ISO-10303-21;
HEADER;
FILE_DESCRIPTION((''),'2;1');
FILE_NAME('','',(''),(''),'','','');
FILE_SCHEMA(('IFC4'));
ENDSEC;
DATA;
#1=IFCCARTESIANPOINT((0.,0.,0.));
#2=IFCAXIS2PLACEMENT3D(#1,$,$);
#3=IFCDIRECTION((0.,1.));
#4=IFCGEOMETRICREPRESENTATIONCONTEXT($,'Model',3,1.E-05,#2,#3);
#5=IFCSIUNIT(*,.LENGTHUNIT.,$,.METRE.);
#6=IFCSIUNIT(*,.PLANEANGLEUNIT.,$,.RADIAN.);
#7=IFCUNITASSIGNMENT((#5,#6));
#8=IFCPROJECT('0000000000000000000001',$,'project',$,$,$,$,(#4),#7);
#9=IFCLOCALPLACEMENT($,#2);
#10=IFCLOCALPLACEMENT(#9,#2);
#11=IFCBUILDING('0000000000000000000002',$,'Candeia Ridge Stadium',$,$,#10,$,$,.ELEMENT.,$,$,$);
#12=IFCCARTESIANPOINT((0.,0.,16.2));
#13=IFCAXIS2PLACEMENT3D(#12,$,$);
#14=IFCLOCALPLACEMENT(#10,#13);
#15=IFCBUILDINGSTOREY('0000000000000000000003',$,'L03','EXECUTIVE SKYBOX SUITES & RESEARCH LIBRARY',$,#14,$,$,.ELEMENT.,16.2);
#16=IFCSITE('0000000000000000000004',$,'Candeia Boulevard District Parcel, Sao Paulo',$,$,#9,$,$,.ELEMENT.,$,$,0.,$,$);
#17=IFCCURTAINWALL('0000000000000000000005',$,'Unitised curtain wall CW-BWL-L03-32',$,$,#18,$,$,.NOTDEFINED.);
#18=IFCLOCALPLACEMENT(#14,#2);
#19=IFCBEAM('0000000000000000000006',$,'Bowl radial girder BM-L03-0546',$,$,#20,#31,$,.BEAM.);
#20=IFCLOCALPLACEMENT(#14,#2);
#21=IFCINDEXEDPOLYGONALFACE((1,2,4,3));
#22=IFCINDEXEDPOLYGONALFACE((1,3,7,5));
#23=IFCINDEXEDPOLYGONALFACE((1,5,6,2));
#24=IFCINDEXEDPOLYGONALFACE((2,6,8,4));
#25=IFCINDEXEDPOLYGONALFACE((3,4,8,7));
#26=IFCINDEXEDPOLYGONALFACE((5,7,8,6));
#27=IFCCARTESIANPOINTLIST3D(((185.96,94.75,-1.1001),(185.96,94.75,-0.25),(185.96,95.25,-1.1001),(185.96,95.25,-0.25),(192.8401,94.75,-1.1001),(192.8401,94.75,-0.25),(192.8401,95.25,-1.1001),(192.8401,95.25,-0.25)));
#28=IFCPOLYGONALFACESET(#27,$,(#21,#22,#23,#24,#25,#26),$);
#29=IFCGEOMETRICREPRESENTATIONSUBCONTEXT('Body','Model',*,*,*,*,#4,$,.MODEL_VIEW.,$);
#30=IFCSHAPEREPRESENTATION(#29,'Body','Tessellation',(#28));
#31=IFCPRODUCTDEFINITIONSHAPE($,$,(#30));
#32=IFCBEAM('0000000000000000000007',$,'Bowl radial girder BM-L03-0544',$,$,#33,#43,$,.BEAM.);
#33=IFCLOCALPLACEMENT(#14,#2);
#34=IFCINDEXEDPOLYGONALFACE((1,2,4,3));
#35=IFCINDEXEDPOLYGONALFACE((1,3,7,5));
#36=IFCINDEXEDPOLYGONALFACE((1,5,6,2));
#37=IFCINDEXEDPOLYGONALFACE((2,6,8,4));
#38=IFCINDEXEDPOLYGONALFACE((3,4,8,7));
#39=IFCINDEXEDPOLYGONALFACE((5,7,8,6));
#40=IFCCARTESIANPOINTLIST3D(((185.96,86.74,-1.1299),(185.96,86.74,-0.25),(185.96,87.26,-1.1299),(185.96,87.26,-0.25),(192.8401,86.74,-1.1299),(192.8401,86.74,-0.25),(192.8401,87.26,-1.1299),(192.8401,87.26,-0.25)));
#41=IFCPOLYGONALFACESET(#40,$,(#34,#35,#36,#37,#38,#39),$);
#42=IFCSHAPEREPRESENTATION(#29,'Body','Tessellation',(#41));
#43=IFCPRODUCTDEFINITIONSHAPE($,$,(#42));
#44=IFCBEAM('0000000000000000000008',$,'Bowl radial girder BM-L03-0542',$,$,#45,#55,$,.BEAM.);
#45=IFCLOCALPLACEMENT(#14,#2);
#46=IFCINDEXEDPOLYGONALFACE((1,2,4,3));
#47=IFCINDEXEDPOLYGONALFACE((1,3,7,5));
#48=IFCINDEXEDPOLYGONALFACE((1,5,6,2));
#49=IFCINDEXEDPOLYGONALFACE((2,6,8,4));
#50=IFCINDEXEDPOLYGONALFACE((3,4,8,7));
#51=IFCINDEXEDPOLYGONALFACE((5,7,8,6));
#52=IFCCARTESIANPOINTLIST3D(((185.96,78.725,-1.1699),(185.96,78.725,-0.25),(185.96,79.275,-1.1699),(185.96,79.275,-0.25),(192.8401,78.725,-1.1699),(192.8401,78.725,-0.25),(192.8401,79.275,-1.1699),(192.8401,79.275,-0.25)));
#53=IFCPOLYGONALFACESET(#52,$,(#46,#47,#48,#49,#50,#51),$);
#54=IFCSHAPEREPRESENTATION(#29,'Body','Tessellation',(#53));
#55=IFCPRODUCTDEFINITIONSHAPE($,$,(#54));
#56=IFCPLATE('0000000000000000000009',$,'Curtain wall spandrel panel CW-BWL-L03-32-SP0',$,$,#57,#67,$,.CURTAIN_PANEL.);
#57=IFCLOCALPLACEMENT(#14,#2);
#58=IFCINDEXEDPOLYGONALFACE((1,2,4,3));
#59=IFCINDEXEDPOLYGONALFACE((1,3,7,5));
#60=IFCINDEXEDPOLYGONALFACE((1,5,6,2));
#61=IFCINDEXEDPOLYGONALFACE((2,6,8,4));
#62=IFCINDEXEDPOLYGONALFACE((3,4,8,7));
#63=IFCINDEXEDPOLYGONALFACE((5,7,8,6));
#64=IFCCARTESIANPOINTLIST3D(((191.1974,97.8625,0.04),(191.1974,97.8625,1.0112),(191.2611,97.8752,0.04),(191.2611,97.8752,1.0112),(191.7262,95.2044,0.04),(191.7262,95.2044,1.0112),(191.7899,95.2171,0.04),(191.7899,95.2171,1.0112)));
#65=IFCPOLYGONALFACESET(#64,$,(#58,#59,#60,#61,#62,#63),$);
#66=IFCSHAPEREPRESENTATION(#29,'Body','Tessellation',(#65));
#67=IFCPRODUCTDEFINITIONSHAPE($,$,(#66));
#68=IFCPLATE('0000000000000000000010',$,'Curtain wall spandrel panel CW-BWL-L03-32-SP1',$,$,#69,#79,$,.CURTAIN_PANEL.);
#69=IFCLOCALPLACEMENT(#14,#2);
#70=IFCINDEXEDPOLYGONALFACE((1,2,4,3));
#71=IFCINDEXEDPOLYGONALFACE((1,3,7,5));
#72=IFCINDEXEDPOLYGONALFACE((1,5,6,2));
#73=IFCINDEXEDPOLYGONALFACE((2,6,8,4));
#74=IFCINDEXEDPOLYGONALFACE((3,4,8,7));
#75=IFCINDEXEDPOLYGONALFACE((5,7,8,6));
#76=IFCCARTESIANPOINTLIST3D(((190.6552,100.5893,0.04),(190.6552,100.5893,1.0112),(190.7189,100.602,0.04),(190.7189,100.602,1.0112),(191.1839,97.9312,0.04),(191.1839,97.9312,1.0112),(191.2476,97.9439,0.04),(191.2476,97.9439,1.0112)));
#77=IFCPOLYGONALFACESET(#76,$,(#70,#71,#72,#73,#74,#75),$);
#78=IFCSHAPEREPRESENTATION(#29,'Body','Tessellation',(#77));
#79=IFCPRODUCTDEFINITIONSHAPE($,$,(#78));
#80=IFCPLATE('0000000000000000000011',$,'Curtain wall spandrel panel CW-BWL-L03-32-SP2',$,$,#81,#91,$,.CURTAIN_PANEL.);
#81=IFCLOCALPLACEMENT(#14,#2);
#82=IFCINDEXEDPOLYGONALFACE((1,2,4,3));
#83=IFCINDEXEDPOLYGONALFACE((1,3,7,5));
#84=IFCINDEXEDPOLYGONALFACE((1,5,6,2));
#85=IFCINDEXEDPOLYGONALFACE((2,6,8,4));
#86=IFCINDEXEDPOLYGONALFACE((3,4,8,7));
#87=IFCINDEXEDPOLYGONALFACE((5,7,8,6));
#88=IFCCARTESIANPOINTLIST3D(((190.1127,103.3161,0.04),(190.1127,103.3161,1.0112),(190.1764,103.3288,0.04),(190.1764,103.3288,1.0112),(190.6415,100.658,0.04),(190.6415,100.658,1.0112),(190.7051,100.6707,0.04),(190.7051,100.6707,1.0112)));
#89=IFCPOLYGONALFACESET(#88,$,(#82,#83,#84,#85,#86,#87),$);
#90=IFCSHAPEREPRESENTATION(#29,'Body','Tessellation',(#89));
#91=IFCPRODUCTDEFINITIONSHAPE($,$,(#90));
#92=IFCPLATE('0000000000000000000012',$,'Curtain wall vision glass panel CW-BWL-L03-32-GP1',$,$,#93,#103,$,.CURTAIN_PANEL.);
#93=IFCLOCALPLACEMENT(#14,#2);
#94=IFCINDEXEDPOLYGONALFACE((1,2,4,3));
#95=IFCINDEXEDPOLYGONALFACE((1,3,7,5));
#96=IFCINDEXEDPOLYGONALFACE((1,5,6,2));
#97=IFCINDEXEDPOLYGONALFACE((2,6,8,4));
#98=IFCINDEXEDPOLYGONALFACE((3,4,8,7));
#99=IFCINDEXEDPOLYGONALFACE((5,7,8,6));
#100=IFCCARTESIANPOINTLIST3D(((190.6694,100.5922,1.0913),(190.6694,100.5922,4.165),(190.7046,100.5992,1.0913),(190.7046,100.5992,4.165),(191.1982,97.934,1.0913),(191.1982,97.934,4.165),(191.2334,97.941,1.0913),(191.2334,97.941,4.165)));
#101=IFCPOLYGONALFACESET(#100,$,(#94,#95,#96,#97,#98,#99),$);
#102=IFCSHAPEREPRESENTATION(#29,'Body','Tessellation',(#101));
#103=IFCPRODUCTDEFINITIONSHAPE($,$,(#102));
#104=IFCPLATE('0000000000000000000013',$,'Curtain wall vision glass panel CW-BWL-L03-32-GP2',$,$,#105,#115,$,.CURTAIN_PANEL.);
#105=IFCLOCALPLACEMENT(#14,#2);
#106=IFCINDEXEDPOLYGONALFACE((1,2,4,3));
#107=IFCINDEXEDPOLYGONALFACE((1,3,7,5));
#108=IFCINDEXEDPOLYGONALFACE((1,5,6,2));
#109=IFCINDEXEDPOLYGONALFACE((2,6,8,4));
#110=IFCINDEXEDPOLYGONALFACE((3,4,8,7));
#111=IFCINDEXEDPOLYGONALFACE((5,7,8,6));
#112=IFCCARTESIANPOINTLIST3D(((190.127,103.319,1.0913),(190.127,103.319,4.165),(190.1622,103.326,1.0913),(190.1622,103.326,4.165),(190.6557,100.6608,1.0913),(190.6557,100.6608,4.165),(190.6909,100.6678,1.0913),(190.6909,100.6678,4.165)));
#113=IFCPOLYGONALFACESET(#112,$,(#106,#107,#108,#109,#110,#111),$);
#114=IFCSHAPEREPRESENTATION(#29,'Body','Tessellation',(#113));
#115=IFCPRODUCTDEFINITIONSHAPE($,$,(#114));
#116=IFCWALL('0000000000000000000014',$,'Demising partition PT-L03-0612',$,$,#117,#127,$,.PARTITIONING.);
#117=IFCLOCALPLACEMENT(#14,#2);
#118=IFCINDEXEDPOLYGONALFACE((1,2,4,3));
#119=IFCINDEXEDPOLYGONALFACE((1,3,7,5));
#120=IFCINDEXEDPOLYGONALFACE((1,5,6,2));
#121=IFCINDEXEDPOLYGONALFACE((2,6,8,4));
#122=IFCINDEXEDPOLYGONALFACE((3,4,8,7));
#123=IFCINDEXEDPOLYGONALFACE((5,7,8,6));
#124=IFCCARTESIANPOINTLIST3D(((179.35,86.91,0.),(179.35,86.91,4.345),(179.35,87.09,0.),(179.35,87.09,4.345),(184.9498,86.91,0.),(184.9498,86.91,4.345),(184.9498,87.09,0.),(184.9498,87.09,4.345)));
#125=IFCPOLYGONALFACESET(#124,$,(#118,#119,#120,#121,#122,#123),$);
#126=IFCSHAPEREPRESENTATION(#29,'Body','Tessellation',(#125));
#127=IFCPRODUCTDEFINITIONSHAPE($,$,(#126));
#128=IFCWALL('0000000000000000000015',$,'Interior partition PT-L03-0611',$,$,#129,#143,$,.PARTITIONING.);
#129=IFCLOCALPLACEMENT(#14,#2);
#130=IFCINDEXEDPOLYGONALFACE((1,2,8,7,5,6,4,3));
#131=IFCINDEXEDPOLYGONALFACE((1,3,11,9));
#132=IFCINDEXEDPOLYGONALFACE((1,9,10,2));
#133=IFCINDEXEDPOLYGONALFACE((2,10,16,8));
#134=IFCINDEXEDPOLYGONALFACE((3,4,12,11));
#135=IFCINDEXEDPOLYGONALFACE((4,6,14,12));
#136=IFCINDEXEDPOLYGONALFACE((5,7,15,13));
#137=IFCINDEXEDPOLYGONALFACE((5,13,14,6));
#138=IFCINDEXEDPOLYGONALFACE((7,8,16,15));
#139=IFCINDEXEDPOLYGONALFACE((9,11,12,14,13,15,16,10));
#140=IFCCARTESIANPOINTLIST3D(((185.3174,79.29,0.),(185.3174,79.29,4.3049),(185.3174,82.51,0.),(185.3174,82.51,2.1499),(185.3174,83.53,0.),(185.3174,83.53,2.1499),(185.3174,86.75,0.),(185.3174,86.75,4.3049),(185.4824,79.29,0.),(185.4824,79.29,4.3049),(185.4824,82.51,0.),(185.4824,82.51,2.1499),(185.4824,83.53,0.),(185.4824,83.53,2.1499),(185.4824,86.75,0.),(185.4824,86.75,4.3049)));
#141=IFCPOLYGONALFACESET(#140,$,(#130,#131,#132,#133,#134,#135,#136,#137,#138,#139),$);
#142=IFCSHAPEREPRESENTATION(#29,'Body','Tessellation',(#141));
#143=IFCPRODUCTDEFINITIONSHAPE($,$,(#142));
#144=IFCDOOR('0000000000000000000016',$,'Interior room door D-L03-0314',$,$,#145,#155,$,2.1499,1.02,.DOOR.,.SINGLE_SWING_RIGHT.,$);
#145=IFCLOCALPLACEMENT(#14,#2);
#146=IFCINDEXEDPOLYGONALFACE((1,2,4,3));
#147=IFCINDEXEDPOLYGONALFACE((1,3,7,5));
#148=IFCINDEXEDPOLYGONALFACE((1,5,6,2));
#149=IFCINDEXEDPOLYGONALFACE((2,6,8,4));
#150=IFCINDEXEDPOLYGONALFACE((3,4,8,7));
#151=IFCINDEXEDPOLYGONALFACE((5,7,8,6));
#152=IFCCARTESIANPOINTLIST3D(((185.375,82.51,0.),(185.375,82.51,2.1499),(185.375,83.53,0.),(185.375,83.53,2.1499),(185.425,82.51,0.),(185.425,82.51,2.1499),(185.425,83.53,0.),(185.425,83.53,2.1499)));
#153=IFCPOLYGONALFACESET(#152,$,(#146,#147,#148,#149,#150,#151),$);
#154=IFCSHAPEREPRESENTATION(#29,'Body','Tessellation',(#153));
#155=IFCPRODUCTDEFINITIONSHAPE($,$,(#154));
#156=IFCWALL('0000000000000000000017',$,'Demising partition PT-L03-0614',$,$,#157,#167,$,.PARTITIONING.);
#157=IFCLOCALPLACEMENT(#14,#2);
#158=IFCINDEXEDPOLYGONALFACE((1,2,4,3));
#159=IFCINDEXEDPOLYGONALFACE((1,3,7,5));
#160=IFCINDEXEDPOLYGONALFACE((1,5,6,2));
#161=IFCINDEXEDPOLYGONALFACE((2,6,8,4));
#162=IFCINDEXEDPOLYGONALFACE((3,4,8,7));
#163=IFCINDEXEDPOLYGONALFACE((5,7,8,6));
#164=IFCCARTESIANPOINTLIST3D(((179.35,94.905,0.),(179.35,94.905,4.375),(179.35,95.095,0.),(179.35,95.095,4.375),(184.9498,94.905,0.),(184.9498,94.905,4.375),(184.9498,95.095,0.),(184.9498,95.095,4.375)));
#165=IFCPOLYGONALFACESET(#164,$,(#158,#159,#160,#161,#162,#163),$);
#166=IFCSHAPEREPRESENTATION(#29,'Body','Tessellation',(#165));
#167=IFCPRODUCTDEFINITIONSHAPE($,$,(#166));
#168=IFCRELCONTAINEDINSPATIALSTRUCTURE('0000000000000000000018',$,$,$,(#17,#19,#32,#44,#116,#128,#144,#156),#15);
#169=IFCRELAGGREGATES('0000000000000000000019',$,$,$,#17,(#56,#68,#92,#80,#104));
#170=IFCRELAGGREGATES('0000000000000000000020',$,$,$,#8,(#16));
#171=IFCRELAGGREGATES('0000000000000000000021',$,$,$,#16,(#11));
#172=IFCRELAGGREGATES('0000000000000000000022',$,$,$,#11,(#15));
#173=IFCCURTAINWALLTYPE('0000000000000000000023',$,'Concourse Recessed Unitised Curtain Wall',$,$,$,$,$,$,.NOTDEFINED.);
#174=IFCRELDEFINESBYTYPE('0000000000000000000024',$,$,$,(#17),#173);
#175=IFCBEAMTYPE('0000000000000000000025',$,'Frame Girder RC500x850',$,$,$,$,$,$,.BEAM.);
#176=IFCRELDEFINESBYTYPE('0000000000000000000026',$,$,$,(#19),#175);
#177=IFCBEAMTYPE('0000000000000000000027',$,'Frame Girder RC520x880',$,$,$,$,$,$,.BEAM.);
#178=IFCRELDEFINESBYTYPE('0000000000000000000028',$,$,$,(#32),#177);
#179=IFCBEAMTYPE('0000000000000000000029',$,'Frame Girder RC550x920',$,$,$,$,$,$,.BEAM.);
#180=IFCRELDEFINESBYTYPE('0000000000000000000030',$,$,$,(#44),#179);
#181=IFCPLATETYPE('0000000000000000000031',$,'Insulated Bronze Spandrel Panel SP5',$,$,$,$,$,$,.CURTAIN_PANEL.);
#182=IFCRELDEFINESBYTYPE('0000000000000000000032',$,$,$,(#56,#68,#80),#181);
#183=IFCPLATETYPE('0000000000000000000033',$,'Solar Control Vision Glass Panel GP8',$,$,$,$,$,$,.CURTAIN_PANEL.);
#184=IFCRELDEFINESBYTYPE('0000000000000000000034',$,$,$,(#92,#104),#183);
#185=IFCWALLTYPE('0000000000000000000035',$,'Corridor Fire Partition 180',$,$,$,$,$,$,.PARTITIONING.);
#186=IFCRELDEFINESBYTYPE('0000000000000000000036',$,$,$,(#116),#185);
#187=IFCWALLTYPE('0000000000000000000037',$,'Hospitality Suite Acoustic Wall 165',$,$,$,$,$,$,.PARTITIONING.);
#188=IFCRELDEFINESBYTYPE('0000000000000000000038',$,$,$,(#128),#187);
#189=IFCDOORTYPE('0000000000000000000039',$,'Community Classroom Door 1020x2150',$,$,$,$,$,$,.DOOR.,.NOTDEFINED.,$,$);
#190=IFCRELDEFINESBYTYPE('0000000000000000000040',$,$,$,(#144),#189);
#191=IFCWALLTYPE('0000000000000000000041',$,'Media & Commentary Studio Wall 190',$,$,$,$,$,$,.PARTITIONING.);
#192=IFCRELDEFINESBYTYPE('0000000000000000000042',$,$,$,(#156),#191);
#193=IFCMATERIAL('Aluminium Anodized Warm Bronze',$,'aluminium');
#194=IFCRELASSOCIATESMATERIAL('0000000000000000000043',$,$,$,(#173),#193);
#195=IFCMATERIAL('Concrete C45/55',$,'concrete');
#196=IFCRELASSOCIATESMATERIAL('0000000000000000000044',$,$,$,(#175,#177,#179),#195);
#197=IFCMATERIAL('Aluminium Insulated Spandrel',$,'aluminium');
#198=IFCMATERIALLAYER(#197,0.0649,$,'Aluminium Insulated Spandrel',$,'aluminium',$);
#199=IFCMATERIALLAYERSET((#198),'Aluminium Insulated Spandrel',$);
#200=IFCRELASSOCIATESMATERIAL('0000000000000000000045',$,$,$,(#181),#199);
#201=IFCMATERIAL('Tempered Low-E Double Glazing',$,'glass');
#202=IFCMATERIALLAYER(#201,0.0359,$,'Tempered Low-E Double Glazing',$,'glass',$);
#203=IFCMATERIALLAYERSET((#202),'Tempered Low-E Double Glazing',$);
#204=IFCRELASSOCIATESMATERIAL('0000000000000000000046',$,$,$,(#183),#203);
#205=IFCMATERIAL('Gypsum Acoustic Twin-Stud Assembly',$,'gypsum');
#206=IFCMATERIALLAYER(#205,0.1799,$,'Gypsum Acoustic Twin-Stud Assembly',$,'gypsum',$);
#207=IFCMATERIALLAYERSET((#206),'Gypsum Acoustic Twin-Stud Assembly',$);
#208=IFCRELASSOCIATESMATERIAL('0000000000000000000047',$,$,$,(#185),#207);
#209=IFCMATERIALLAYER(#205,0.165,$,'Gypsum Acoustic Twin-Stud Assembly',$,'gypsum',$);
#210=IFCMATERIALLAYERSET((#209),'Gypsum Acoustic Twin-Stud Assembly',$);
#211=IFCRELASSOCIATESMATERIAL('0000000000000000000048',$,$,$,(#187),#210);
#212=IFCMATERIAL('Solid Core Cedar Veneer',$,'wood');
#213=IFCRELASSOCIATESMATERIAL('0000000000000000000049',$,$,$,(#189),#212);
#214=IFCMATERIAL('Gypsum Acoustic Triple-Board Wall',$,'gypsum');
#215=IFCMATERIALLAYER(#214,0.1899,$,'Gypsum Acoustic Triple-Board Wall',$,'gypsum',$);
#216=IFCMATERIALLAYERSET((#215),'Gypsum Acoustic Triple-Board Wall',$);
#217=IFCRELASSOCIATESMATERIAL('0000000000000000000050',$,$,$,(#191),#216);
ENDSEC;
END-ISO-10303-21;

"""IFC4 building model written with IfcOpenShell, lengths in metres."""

from ifc_helpers import new_model, si_unit, direction, frame, frame_2d, origin, origin_2d, place, context, subcontext, project, spatial, rectangle, extrude, material, layer, layer_set, material_profile, profile_set, type_object, element, fill, aggregate, save


model = new_model("IFC4")

# Units and contexts
model_context = context("Model", 3, precision=1e-05, world=origin(), true_north=direction((0.0, 1.0)))
body_context = subcontext(model_context, "Body", "Model", "MODEL_VIEW")
ifc_project = project(units=[si_unit("LENGTHUNIT", "METRE"), si_unit("PLANEANGLEUNIT", "RADIAN")], contexts=[model_context])

# Site, building, storey
site_placement = place(None, origin())
site = spatial("IfcSite", under=ifc_project, at=site_placement, Name="Candeia Boulevard District Parcel, Sao Paulo", CompositionType="ELEMENT", RefElevation=0.0)
building_placement = place(site_placement, origin())
building = spatial("IfcBuilding", under=site, at=building_placement, Name="Candeia Ridge Stadium", CompositionType="ELEMENT")
storey_placement = place(building_placement, frame((0.0, 0.0, 16.2)))
storey = spatial("IfcBuildingStorey", under=building, at=storey_placement, Name="L03", Description="EXECUTIVE SKYBOX SUITES & RESEARCH LIBRARY", CompositionType="ELEMENT", Elevation=16.2)

# Shared definitions
ifc_material_1 = material(Name="Concrete C45/55", Category="concrete")

# Curtain wall
ifc_material_2 = material(Name="Aluminium Anodized Warm Bronze", Category="aluminium")
curtain_wall_type = type_object("IfcCurtainWallType", Name="Concourse Recessed Unitised Curtain Wall", PredefinedType="NOTDEFINED", material=ifc_material_2)
curtain_wall_placement = place(storey_placement, origin())
curtain_wall = element("IfcCurtainWall", 1, at=curtain_wall_placement, inside=storey, type_object=curtain_wall_type, Name="Unitised curtain wall CW-BWL-L03-32", PredefinedType="NOTDEFINED")

# Beams
ifc_material_profile_1 = material_profile(ifc_material_1, rectangle(XDim=0.5, YDim=0.8501, at=origin_2d()), Name="RC500x850", Category="concrete")
ifc_profile_set_1 = profile_set([ifc_material_profile_1], Name="Concrete C45/55")
beam_type_1 = type_object("IfcBeamType", Name="Frame Girder RC500x850", PredefinedType="BEAM", material=ifc_profile_set_1)
beam_1_placement = place(storey_placement, frame((185.96, 95.0, -0.675), z_axis=(1.0, 0.0, 0.0), x_axis=(0.0, 1.0, 0.0)))
element("IfcBeam", 2, at=beam_1_placement, inside=storey, type_object=beam_type_1, Name="Bowl radial girder BM-L03-0546", PredefinedType="BEAM", context=body_context, shape_type="SweptSolid", body=[
    extrude(rectangle(XDim=0.5, YDim=0.8501, at=origin_2d()), origin(), (0.0, 0.0, 1.0), 6.8801),
])
ifc_material_profile_2 = material_profile(ifc_material_1, rectangle(XDim=0.52, YDim=0.8799, at=origin_2d()), Name="RC520x880", Category="concrete")
ifc_profile_set_2 = profile_set([ifc_material_profile_2], Name="Concrete C45/55")
beam_type_2 = type_object("IfcBeamType", Name="Frame Girder RC520x880", PredefinedType="BEAM", material=ifc_profile_set_2)
beam_2_placement = place(storey_placement, frame((185.96, 87.0, -0.6899), z_axis=(1.0, 0.0, 0.0), x_axis=(0.0, 1.0, 0.0)))
element("IfcBeam", 3, at=beam_2_placement, inside=storey, type_object=beam_type_2, Name="Bowl radial girder BM-L03-0544", PredefinedType="BEAM", context=body_context, shape_type="SweptSolid", body=[
    extrude(rectangle(XDim=0.52, YDim=0.8799, at=origin_2d()), origin(), (0.0, 0.0, 1.0), 6.8801),
])
ifc_material_profile_3 = material_profile(ifc_material_1, rectangle(XDim=0.55, YDim=0.9199, at=origin_2d()), Name="RC550x920", Category="concrete")
ifc_profile_set_3 = profile_set([ifc_material_profile_3], Name="Concrete C45/55")
beam_type_3 = type_object("IfcBeamType", Name="Frame Girder RC550x920", PredefinedType="BEAM", material=ifc_profile_set_3)
beam_3_placement = place(storey_placement, frame((185.96, 79.0, -0.71), z_axis=(1.0, 0.0, 0.0), x_axis=(0.0, 1.0, 0.0)))
element("IfcBeam", 4, at=beam_3_placement, inside=storey, type_object=beam_type_3, Name="Bowl radial girder BM-L03-0542", PredefinedType="BEAM", context=body_context, shape_type="SweptSolid", body=[
    extrude(rectangle(XDim=0.55, YDim=0.9199, at=origin_2d()), origin(), (0.0, 0.0, 1.0), 6.8801),
])

# Plates
ifc_material_3 = material(Name="Aluminium Insulated Spandrel", Category="aluminium")
ifc_layer_1 = layer(ifc_material_3, 0.0649, Name="Aluminium Insulated Spandrel", Category="aluminium")
ifc_layer_set_1 = layer_set([ifc_layer_1], Name="Aluminium Insulated Spandrel")
plate_type_1 = type_object("IfcPlateType", Name="Insulated Bronze Spandrel Panel SP5", PredefinedType="CURTAIN_PANEL", material=ifc_layer_set_1)
plate_1_placement = place(storey_placement, frame((191.4937, 96.5398, 0.04), z_axis=(0.0, 0.0, 1.0), x_axis=(-0.19509, 0.980785, 0.0)))
plate_1 = element("IfcPlate", 5, at=plate_1_placement, type_object=plate_type_1, Name="Curtain wall spandrel panel CW-BWL-L03-32-SP0", PredefinedType="CURTAIN_PANEL", context=body_context, shape_type="SweptSolid", body=[
    extrude(rectangle(XDim=2.7102, YDim=0.0649, at=origin_2d()), origin(), (0.0, 0.0, 1.0), 0.9712),
])
plate_2_placement = place(storey_placement, frame((190.9514, 99.2666, 0.04), z_axis=(0.0, 0.0, 1.0), x_axis=(-0.19509, 0.980785, 0.0)))
plate_2 = element("IfcPlate", 6, at=plate_2_placement, type_object=plate_type_1, Name="Curtain wall spandrel panel CW-BWL-L03-32-SP1", PredefinedType="CURTAIN_PANEL", context=body_context, shape_type="SweptSolid", body=[
    extrude(rectangle(XDim=2.7102, YDim=0.0649, at=origin_2d()), origin(), (0.0, 0.0, 1.0), 0.9712),
])
plate_3_placement = place(storey_placement, frame((190.4089, 101.9934, 0.04), z_axis=(0.0, 0.0, 1.0), x_axis=(-0.19509, 0.980785, 0.0)))
plate_3 = element("IfcPlate", 7, at=plate_3_placement, type_object=plate_type_1, Name="Curtain wall spandrel panel CW-BWL-L03-32-SP2", PredefinedType="CURTAIN_PANEL", context=body_context, shape_type="SweptSolid", body=[
    extrude(rectangle(XDim=2.7102, YDim=0.0649, at=origin_2d()), origin(), (0.0, 0.0, 1.0), 0.9712),
])
ifc_material_4 = material(Name="Tempered Low-E Double Glazing", Category="glass")
ifc_layer_2 = layer(ifc_material_4, 0.0359, Name="Tempered Low-E Double Glazing", Category="glass")
ifc_layer_set_2 = layer_set([ifc_layer_2], Name="Tempered Low-E Double Glazing")
plate_type_2 = type_object("IfcPlateType", Name="Solar Control Vision Glass Panel GP8", PredefinedType="CURTAIN_PANEL", material=ifc_layer_set_2)
plate_4_placement = place(storey_placement, frame((190.9514, 99.2666, 1.0913), z_axis=(0.0, 0.0, 1.0), x_axis=(-0.19509, 0.980785, 0.0)))
plate_4 = element("IfcPlate", 8, at=plate_4_placement, type_object=plate_type_2, Name="Curtain wall vision glass panel CW-BWL-L03-32-GP1", PredefinedType="CURTAIN_PANEL", context=body_context, shape_type="SweptSolid", body=[
    extrude(rectangle(XDim=2.7102, YDim=0.0359, at=origin_2d()), origin(), (0.0, 0.0, 1.0), 3.0737),
])
plate_5_placement = place(storey_placement, frame((190.4089, 101.9934, 1.0913), z_axis=(0.0, 0.0, 1.0), x_axis=(-0.19509, 0.980785, 0.0)))
plate_5 = element("IfcPlate", 9, at=plate_5_placement, type_object=plate_type_2, Name="Curtain wall vision glass panel CW-BWL-L03-32-GP2", PredefinedType="CURTAIN_PANEL", context=body_context, shape_type="SweptSolid", body=[
    extrude(rectangle(XDim=2.7102, YDim=0.0359, at=origin_2d()), origin(), (0.0, 0.0, 1.0), 3.0737),
])
aggregate(curtain_wall, [plate_1, plate_2, plate_4, plate_3, plate_5])

# Wall
ifc_material_5 = material(Name="Gypsum Acoustic Twin-Stud Assembly", Category="gypsum")
ifc_layer_3 = layer(ifc_material_5, 0.1799, Name="Gypsum Acoustic Twin-Stud Assembly", Category="gypsum")
ifc_layer_set_3 = layer_set([ifc_layer_3], Name="Gypsum Acoustic Twin-Stud Assembly")
wall_type_1 = type_object("IfcWallType", Name="Corridor Fire Partition 180", PredefinedType="PARTITIONING", material=ifc_layer_set_3)
wall_1_placement = place(storey_placement, frame((179.3501, 87.0, 0.0), z_axis=(0.0, 0.0, 1.0), x_axis=(1.0, 0.0, 0.0)))
element("IfcWall", 10, at=wall_1_placement, inside=storey, type_object=wall_type_1, Name="Demising partition PT-L03-0612", PredefinedType="PARTITIONING", context=body_context, shape_type="SweptSolid", body=[
    extrude(rectangle(XDim=5.5999, YDim=0.1799, at=frame_2d((2.7998, 0.0))), origin(), (0.0, 0.0, 1.0), 4.345),
])

# Wall, opening, door
ifc_layer_4 = layer(ifc_material_5, 0.165, Name="Gypsum Acoustic Twin-Stud Assembly", Category="gypsum")
ifc_layer_set_4 = layer_set([ifc_layer_4], Name="Gypsum Acoustic Twin-Stud Assembly")
wall_type_2 = type_object("IfcWallType", Name="Hospitality Suite Acoustic Wall 165", PredefinedType="PARTITIONING", material=ifc_layer_set_4)
wall_2_placement = place(storey_placement, frame((185.3999, 86.75, 0.0), z_axis=(0.0, 0.0, 1.0), x_axis=(0.0, -1.0, 0.0)))
wall_2 = element("IfcWall", 11, at=wall_2_placement, inside=storey, type_object=wall_type_2, Name="Interior partition PT-L03-0611", PredefinedType="PARTITIONING", context=body_context, shape_type="SweptSolid", body=[
    extrude(rectangle(XDim=7.46, YDim=0.165, at=frame_2d((3.73, 0.0))), origin(), (0.0, 0.0, 1.0), 4.3049),
])
opening_1_placement = place(wall_2_placement, frame((3.22, 0.0, 0.0)))
opening_1 = element("IfcOpeningElement", 12, at=opening_1_placement, cuts=wall_2, PredefinedType="OPENING", context=body_context, shape_type="SweptSolid", body=[
    extrude(rectangle(XDim=1.02, YDim=2.1499, at=frame_2d((0.51, 1.075))), frame((0.0, 0.0925, 0.0), z_axis=(0.0, -1.0, 0.0), x_axis=(1.0, 0.0, 0.0)), (0.0, 0.0, 1.0), 0.1851),
])
ifc_material_6 = material(Name="Solid Core Cedar Veneer", Category="wood")
door_type_1 = type_object("IfcDoorType", Name="Community Classroom Door 1020x2150", OperationType="NOTDEFINED", PredefinedType="DOOR", material=ifc_material_6)
door_1_placement = place(opening_1_placement, frame((1.02, 0.0, 0.0), z_axis=(0.0, 0.0, 1.0), x_axis=(-1.0, 0.0, 0.0)))
door_1 = element("IfcDoor", 13, at=door_1_placement, inside=storey, type_object=door_type_1, Name="Interior room door D-L03-0314", OperationType="SINGLE_SWING_RIGHT", OverallHeight=2.1499, OverallWidth=1.02, PredefinedType="DOOR", context=body_context, shape_type="SweptSolid", body=[
    extrude(rectangle(XDim=1.02, YDim=2.1499, at=frame_2d((0.51, 1.075))), frame((0.0, 0.0249, 0.0), z_axis=(0.0, -1.0, 0.0), x_axis=(1.0, 0.0, 0.0)), (0.0, 0.0, 1.0), 0.05),
])
fill(opening_1, door_1)

# Wall
ifc_material_7 = material(Name="Gypsum Acoustic Triple-Board Wall", Category="gypsum")
ifc_layer_5 = layer(ifc_material_7, 0.1899, Name="Gypsum Acoustic Triple-Board Wall", Category="gypsum")
ifc_layer_set_5 = layer_set([ifc_layer_5], Name="Gypsum Acoustic Triple-Board Wall")
wall_type_3 = type_object("IfcWallType", Name="Media & Commentary Studio Wall 190", PredefinedType="PARTITIONING", material=ifc_layer_set_5)
wall_3_placement = place(storey_placement, frame((179.3501, 95.0, 0.0), z_axis=(0.0, 0.0, 1.0), x_axis=(1.0, 0.0, 0.0)))
element("IfcWall", 14, at=wall_3_placement, inside=storey, type_object=wall_type_3, Name="Demising partition PT-L03-0614", PredefinedType="PARTITIONING", context=body_context, shape_type="SweptSolid", body=[
    extrude(rectangle(XDim=5.5999, YDim=0.1899, at=frame_2d((2.7998, 0.0))), origin(), (0.0, 0.0, 1.0), 4.375),
])

save(model, "model.ifc")
